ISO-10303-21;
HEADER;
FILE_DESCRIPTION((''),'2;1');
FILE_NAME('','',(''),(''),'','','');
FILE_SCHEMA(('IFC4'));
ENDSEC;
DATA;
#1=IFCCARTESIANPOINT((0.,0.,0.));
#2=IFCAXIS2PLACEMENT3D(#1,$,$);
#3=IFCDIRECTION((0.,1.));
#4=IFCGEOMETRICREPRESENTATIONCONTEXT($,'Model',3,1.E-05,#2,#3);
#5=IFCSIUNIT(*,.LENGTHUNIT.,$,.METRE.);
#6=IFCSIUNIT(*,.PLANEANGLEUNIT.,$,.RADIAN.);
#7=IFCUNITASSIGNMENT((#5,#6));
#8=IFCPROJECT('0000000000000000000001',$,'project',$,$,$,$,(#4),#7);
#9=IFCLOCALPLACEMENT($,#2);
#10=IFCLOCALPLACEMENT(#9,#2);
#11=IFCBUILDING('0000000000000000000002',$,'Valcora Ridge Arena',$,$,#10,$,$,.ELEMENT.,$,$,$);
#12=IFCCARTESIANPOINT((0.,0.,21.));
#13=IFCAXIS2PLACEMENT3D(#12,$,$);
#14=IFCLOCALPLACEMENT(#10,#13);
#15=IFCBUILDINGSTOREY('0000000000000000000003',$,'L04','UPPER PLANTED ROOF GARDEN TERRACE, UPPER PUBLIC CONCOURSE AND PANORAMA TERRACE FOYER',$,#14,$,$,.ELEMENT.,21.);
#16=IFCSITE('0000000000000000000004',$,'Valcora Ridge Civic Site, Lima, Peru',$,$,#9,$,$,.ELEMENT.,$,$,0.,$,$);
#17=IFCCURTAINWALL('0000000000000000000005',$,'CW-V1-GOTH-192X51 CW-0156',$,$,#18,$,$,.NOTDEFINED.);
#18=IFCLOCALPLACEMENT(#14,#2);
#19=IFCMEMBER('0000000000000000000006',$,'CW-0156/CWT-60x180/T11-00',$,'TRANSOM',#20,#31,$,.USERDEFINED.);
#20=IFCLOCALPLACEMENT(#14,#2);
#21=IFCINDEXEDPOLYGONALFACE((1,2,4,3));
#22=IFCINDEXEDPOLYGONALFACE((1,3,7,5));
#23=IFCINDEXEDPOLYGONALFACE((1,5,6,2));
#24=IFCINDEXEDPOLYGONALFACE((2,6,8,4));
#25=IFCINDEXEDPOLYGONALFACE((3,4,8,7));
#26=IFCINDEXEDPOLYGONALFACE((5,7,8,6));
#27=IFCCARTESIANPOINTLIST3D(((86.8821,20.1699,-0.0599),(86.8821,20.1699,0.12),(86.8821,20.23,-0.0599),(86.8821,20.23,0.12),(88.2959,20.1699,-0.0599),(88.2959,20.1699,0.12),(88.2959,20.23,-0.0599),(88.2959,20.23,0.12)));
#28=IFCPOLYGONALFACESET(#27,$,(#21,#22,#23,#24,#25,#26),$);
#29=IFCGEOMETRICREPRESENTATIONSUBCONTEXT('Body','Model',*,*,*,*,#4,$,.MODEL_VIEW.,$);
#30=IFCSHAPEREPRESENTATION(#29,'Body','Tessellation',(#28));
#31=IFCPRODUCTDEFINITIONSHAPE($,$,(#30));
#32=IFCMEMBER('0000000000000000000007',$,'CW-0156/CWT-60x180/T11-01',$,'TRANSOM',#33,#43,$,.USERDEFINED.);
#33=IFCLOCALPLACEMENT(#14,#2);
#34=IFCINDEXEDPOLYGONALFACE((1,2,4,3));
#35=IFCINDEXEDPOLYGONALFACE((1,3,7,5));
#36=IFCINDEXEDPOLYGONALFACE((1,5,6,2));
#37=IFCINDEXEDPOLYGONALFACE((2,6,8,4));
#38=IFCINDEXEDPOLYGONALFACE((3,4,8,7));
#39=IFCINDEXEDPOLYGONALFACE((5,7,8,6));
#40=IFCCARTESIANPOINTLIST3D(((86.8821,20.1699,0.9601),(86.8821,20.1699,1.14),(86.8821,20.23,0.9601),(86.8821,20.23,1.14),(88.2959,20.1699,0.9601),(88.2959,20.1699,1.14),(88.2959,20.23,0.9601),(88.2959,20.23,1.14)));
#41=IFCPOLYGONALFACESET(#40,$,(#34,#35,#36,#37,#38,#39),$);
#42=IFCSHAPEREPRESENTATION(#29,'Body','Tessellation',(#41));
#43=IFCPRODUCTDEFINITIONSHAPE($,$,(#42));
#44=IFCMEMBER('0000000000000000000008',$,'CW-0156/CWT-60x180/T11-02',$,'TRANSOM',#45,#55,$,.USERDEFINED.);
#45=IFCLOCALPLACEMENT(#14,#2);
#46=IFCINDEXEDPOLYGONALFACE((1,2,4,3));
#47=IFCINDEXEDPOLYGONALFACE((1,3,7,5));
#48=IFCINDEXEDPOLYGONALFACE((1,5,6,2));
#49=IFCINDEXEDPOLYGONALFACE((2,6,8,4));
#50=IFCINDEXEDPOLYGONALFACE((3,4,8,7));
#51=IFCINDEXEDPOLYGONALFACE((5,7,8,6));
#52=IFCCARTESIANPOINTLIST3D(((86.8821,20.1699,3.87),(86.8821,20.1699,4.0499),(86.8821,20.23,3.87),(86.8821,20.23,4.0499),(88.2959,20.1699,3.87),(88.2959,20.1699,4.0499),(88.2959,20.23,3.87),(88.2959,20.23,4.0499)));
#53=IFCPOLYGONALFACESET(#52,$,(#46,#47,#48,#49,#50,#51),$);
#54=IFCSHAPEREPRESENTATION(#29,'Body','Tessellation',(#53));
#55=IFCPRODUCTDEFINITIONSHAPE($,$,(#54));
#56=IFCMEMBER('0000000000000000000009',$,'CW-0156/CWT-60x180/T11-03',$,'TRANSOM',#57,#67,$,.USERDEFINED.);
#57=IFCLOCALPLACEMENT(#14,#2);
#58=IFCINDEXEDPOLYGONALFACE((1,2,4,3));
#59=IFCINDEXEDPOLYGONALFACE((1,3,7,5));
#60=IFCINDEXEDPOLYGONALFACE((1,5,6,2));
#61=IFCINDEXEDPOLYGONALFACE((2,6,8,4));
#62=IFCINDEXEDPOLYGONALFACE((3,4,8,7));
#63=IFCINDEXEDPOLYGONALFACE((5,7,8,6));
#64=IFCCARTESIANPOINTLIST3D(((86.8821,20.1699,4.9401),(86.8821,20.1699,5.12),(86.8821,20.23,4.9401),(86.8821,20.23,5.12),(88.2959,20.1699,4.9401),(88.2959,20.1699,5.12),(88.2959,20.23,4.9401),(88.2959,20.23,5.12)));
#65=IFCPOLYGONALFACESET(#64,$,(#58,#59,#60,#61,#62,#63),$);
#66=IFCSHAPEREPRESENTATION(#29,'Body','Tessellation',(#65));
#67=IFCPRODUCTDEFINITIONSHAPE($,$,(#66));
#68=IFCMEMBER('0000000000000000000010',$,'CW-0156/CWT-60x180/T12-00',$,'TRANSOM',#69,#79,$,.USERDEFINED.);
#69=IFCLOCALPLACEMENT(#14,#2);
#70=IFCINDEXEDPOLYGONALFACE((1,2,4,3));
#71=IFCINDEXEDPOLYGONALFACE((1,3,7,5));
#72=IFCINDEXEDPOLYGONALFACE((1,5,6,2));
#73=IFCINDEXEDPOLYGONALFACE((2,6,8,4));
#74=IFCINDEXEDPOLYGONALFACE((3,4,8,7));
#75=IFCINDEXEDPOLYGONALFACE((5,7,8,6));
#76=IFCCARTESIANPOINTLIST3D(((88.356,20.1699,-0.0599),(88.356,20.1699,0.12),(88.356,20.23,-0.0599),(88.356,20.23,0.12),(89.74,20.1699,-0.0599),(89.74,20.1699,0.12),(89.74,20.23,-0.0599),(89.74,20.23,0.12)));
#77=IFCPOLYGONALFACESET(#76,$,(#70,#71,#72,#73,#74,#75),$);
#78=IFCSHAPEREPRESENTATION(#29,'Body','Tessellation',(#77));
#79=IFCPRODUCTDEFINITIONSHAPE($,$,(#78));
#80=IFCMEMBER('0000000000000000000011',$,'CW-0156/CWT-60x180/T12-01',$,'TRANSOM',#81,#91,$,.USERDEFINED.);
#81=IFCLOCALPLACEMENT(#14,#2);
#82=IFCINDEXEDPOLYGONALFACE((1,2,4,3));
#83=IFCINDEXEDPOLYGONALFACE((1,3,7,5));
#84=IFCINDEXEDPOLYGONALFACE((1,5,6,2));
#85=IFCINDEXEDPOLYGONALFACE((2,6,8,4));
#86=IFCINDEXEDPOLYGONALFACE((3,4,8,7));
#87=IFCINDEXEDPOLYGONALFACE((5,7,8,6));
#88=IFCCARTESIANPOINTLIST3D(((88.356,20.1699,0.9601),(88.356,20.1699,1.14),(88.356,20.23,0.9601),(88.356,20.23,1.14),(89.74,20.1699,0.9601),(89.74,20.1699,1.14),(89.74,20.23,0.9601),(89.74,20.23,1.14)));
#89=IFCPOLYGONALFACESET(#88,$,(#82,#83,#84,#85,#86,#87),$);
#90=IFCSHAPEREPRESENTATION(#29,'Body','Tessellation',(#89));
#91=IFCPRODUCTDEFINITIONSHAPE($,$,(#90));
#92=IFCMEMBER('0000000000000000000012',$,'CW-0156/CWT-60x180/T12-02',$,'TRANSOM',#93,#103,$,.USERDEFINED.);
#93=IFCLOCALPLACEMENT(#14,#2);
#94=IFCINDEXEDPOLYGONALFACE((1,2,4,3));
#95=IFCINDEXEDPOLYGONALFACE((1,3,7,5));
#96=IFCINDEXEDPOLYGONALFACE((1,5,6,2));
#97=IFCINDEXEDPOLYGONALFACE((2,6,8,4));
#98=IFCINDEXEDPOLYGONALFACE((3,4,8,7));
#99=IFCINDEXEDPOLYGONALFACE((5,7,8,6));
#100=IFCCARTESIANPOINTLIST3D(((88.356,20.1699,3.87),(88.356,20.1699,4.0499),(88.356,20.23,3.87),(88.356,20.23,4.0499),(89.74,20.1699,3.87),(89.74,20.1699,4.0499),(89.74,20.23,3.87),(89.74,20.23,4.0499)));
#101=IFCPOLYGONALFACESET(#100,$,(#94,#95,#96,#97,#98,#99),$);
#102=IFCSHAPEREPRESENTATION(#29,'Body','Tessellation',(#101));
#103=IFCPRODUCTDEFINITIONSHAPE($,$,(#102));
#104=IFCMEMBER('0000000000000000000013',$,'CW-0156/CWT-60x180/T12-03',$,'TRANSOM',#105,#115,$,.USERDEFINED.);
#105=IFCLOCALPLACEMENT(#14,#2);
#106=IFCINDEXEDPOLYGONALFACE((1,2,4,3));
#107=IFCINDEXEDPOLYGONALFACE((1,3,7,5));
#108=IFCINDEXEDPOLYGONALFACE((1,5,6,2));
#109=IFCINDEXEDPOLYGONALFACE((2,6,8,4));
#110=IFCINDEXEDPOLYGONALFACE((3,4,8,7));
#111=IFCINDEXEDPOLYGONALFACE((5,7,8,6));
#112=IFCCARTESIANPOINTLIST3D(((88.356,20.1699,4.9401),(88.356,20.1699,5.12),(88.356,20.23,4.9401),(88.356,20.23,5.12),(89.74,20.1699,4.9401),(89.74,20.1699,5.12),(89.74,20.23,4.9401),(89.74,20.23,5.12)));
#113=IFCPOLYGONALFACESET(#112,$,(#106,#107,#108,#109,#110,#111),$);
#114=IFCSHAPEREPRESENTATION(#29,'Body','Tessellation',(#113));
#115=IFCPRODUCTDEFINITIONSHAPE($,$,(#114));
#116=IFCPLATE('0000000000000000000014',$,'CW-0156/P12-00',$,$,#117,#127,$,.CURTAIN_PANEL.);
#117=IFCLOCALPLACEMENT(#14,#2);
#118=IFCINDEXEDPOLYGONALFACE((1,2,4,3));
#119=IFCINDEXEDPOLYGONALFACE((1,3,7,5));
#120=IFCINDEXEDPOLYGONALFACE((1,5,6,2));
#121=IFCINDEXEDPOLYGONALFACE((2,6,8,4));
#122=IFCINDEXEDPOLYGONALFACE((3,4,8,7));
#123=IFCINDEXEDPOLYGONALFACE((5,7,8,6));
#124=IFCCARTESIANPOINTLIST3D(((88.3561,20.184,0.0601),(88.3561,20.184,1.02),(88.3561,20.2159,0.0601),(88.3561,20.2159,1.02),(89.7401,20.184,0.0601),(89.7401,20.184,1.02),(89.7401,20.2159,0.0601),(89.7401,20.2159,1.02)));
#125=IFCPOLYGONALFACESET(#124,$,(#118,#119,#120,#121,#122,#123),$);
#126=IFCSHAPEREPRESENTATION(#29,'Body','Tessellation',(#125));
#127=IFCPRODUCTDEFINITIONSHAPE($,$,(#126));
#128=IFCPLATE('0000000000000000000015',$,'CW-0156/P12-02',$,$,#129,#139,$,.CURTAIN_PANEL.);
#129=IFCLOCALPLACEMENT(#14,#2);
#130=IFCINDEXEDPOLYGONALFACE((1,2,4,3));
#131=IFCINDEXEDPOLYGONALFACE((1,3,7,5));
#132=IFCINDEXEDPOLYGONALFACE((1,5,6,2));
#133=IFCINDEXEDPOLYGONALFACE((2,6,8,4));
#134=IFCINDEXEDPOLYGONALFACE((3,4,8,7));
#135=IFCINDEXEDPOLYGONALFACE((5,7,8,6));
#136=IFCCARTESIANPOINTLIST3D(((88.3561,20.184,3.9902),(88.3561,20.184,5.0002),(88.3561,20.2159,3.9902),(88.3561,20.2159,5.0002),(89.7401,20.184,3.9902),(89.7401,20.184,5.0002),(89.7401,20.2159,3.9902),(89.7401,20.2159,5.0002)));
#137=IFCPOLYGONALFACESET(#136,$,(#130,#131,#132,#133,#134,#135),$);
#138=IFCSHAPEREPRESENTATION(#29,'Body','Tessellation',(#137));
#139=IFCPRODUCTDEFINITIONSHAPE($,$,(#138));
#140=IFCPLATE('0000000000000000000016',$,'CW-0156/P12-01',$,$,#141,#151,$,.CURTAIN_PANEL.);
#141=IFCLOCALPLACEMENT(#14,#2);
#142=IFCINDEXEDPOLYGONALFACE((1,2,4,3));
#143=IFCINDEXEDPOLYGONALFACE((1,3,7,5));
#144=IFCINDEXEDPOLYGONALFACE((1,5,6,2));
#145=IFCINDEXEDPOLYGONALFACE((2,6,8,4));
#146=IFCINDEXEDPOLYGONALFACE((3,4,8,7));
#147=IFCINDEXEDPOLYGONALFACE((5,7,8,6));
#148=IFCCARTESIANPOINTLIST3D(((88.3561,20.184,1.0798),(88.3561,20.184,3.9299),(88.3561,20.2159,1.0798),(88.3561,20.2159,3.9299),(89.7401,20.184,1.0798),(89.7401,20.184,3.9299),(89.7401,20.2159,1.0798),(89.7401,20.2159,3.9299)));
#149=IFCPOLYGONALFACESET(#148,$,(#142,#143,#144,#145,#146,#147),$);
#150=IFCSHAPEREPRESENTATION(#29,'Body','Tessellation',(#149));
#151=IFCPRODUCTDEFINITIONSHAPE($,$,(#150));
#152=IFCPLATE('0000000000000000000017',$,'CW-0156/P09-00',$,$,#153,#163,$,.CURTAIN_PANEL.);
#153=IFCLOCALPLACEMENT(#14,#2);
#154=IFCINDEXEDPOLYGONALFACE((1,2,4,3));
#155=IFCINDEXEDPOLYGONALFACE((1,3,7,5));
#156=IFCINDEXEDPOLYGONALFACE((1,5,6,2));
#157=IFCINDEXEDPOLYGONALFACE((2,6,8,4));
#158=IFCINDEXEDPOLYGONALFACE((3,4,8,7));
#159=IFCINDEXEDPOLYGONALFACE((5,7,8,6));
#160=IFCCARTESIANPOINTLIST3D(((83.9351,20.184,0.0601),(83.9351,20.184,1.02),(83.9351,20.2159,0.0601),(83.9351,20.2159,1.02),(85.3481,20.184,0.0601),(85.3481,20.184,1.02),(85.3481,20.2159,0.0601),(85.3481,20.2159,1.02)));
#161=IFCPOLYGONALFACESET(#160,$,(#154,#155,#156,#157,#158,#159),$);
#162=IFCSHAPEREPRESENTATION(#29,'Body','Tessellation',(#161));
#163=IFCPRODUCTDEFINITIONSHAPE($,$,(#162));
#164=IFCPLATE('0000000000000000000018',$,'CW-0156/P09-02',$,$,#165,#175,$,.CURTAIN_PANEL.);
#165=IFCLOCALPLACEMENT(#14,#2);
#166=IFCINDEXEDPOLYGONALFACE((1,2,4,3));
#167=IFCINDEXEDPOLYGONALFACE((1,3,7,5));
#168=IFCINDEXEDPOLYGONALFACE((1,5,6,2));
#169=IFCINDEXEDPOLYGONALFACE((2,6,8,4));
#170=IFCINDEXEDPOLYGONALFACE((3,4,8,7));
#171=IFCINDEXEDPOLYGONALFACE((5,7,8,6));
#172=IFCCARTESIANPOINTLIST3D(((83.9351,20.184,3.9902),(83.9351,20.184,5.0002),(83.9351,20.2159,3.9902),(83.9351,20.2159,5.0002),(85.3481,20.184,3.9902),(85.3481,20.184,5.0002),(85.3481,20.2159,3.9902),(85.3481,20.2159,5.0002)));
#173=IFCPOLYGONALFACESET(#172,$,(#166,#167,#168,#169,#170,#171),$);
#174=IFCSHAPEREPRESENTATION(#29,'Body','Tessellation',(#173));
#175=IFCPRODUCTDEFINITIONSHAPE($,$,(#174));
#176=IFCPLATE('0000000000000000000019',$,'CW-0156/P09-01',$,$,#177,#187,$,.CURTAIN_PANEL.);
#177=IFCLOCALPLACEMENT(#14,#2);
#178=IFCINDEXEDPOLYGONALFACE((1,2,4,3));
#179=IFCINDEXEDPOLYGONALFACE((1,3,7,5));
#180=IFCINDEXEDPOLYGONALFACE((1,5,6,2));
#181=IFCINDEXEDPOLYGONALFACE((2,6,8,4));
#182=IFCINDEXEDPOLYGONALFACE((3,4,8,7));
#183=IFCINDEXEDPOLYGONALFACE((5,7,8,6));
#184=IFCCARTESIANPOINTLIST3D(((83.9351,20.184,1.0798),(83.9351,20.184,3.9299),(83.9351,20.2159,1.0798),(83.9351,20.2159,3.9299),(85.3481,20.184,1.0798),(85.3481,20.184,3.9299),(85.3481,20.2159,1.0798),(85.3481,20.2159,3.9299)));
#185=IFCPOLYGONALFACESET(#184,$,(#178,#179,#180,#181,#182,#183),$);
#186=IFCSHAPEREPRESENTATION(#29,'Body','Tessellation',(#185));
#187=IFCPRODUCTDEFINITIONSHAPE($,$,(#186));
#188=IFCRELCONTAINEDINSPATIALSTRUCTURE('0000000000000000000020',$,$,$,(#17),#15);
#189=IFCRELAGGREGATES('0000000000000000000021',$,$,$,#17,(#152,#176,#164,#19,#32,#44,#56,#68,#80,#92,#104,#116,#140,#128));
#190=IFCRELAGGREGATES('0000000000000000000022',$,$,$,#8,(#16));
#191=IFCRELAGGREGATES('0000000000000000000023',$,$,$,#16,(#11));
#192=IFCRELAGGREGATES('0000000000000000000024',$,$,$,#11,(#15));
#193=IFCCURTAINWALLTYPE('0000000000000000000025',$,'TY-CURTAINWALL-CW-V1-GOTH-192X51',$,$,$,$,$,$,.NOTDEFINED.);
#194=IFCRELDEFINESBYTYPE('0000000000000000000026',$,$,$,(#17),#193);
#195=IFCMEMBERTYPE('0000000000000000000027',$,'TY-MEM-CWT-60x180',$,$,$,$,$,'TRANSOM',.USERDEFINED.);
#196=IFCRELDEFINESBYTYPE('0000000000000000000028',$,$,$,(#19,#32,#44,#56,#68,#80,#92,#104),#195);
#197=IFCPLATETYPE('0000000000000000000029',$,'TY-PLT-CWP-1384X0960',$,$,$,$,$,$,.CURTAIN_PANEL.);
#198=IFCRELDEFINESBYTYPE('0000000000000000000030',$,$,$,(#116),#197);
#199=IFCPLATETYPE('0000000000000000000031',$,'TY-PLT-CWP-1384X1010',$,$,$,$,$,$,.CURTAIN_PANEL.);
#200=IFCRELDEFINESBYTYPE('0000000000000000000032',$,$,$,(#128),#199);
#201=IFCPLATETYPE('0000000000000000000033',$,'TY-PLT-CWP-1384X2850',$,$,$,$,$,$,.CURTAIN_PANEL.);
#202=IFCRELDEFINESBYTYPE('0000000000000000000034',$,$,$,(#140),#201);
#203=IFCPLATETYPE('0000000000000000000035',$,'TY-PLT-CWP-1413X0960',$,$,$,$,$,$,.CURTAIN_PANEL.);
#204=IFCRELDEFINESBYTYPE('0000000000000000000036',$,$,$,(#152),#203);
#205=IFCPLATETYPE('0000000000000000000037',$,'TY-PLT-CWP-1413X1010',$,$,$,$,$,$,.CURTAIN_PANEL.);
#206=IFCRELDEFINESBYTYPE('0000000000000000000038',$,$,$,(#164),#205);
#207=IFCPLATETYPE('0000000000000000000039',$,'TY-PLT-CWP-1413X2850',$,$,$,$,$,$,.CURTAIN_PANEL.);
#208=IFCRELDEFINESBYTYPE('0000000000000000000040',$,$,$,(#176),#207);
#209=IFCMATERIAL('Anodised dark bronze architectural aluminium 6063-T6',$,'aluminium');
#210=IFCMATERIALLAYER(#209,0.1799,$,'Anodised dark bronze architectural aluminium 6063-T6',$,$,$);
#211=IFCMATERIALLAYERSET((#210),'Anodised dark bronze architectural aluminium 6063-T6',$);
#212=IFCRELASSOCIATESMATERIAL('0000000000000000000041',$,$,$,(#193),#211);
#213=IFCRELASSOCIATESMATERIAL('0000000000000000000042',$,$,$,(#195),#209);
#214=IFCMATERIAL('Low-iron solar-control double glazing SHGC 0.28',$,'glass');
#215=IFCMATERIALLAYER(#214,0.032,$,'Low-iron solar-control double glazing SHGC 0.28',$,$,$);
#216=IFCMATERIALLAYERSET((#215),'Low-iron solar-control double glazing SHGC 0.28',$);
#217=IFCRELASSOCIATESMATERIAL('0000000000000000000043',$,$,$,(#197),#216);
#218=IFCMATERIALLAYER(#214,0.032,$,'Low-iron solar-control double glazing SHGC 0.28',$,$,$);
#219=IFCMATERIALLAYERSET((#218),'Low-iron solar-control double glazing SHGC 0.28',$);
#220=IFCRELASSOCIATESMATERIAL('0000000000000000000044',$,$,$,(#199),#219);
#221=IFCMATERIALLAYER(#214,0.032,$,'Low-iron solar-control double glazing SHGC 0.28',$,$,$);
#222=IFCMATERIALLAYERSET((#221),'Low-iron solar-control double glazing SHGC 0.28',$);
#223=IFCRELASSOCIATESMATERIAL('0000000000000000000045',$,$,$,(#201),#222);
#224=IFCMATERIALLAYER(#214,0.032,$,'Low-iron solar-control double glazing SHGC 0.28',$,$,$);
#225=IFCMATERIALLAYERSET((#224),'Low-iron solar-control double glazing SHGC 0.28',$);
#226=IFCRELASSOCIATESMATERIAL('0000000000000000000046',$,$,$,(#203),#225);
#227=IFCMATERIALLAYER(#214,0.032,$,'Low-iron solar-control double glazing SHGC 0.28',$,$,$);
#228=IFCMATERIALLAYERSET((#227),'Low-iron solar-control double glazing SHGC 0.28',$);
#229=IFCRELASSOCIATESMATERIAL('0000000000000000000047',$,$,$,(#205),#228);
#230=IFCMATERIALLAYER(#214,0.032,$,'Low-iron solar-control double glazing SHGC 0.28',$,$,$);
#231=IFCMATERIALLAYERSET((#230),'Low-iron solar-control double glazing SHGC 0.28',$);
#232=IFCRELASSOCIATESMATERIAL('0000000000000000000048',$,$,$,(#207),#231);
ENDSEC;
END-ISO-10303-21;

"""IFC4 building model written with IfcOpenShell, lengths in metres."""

from ifc_helpers import new_model, si_unit, direction, frame, origin, origin_2d, place, context, subcontext, project, spatial, rectangle, extrude, material, layer, layer_set, material_profile, profile_set, type_object, element, aggregate, save


model = new_model("IFC4")

# Units and contexts
model_context = context("Model", 3, precision=1e-05, world=origin(), true_north=direction((0.0, 1.0)))
body_context = subcontext(model_context, "Body", "Model", "MODEL_VIEW")
ifc_project = project(units=[si_unit("LENGTHUNIT", "METRE"), si_unit("PLANEANGLEUNIT", "RADIAN")], contexts=[model_context])

# Site, building, storey
site_placement = place(None, origin())
site = spatial("IfcSite", under=ifc_project, at=site_placement, Name="Valcora Ridge Civic Site, Lima, Peru", CompositionType="ELEMENT", RefElevation=0.0)
building_placement = place(site_placement, origin())
building = spatial("IfcBuilding", under=site, at=building_placement, Name="Valcora Ridge Arena", CompositionType="ELEMENT")
storey_placement = place(building_placement, frame((0.0, 0.0, 21.0)))
storey = spatial("IfcBuildingStorey", under=building, at=storey_placement, Name="L04", Description="UPPER PLANTED ROOF GARDEN TERRACE, UPPER PUBLIC CONCOURSE AND PANORAMA TERRACE FOYER", CompositionType="ELEMENT", Elevation=21.0)

# Curtain wall, members, plates
ifc_material_1 = material(Name="Anodised dark bronze architectural aluminium 6063-T6", Category="aluminium")
ifc_layer_1 = layer(ifc_material_1, 0.1799, Name="Anodised dark bronze architectural aluminium 6063-T6")
ifc_layer_set_1 = layer_set([ifc_layer_1], Name="Anodised dark bronze architectural aluminium 6063-T6")
curtain_wall_type = type_object("IfcCurtainWallType", Name="TY-CURTAINWALL-CW-V1-GOTH-192X51", PredefinedType="NOTDEFINED", material=ifc_layer_set_1)
curtain_wall_placement = place(storey_placement, origin())
curtain_wall = element("IfcCurtainWall", 1, at=curtain_wall_placement, inside=storey, type_object=curtain_wall_type, Name="CW-V1-GOTH-192X51 CW-0156", PredefinedType="NOTDEFINED")
ifc_material_profile_1 = material_profile(ifc_material_1, rectangle(XDim=0.0601, YDim=0.1799, at=origin_2d()), Name="ALU TRANSOM 60x180")
ifc_profile_set_1 = profile_set([ifc_material_profile_1], Name="Anodised dark bronze architectural aluminium 6063-T6")
member_type_1 = type_object("IfcMemberType", Name="TY-MEM-CWT-60x180", ElementType="TRANSOM", PredefinedType="USERDEFINED", material=ifc_profile_set_1)
member_1_placement = place(storey_placement, frame((86.8821, 20.2, 0.03), z_axis=(1.0, 0.0, 0.0), x_axis=(0.0, 1.0, 0.0)))
member_1 = element("IfcMember", 2, at=member_1_placement, type_object=member_type_1, Name="CW-0156/CWT-60x180/T11-00", ObjectType="TRANSOM", PredefinedType="USERDEFINED", context=body_context, shape_type="SweptSolid", body=[
    extrude(rectangle(XDim=0.0601, YDim=0.1799, at=origin_2d()), origin(), (0.0, 0.0, 1.0), 1.4138),
])
member_2_placement = place(storey_placement, frame((86.8821, 20.2, 1.05), z_axis=(1.0, 0.0, 0.0), x_axis=(0.0, 1.0, 0.0)))
member_2 = element("IfcMember", 3, at=member_2_placement, type_object=member_type_1, Name="CW-0156/CWT-60x180/T11-01", ObjectType="TRANSOM", PredefinedType="USERDEFINED", context=body_context, shape_type="SweptSolid", body=[
    extrude(rectangle(XDim=0.0601, YDim=0.1799, at=origin_2d()), origin(), (0.0, 0.0, 1.0), 1.4138),
])
member_3_placement = place(storey_placement, frame((86.8821, 20.2, 3.96), z_axis=(1.0, 0.0, 0.0), x_axis=(0.0, 1.0, 0.0)))
member_3 = element("IfcMember", 4, at=member_3_placement, type_object=member_type_1, Name="CW-0156/CWT-60x180/T11-02", ObjectType="TRANSOM", PredefinedType="USERDEFINED", context=body_context, shape_type="SweptSolid", body=[
    extrude(rectangle(XDim=0.0601, YDim=0.1799, at=origin_2d()), origin(), (0.0, 0.0, 1.0), 1.4138),
])
member_4_placement = place(storey_placement, frame((86.8821, 20.2, 5.03), z_axis=(1.0, 0.0, 0.0), x_axis=(0.0, 1.0, 0.0)))
member_4 = element("IfcMember", 5, at=member_4_placement, type_object=member_type_1, Name="CW-0156/CWT-60x180/T11-03", ObjectType="TRANSOM", PredefinedType="USERDEFINED", context=body_context, shape_type="SweptSolid", body=[
    extrude(rectangle(XDim=0.0601, YDim=0.1799, at=origin_2d()), origin(), (0.0, 0.0, 1.0), 1.4138),
])
member_5_placement = place(storey_placement, frame((88.356, 20.2, 0.03), z_axis=(1.0, 0.0, 0.0), x_axis=(0.0, 1.0, 0.0)))
member_5 = element("IfcMember", 6, at=member_5_placement, type_object=member_type_1, Name="CW-0156/CWT-60x180/T12-00", ObjectType="TRANSOM", PredefinedType="USERDEFINED", context=body_context, shape_type="SweptSolid", body=[
    extrude(rectangle(XDim=0.0601, YDim=0.1799, at=origin_2d()), origin(), (0.0, 0.0, 1.0), 1.384),
])
member_6_placement = place(storey_placement, frame((88.356, 20.2, 1.05), z_axis=(1.0, 0.0, 0.0), x_axis=(0.0, 1.0, 0.0)))
member_6 = element("IfcMember", 7, at=member_6_placement, type_object=member_type_1, Name="CW-0156/CWT-60x180/T12-01", ObjectType="TRANSOM", PredefinedType="USERDEFINED", context=body_context, shape_type="SweptSolid", body=[
    extrude(rectangle(XDim=0.0601, YDim=0.1799, at=origin_2d()), origin(), (0.0, 0.0, 1.0), 1.384),
])
member_7_placement = place(storey_placement, frame((88.356, 20.2, 3.96), z_axis=(1.0, 0.0, 0.0), x_axis=(0.0, 1.0, 0.0)))
member_7 = element("IfcMember", 8, at=member_7_placement, type_object=member_type_1, Name="CW-0156/CWT-60x180/T12-02", ObjectType="TRANSOM", PredefinedType="USERDEFINED", context=body_context, shape_type="SweptSolid", body=[
    extrude(rectangle(XDim=0.0601, YDim=0.1799, at=origin_2d()), origin(), (0.0, 0.0, 1.0), 1.384),
])
member_8_placement = place(storey_placement, frame((88.356, 20.2, 5.03), z_axis=(1.0, 0.0, 0.0), x_axis=(0.0, 1.0, 0.0)))
member_8 = element("IfcMember", 9, at=member_8_placement, type_object=member_type_1, Name="CW-0156/CWT-60x180/T12-03", ObjectType="TRANSOM", PredefinedType="USERDEFINED", context=body_context, shape_type="SweptSolid", body=[
    extrude(rectangle(XDim=0.0601, YDim=0.1799, at=origin_2d()), origin(), (0.0, 0.0, 1.0), 1.384),
])
ifc_material_2 = material(Name="Low-iron solar-control double glazing SHGC 0.28", Category="glass")
ifc_layer_2 = layer(ifc_material_2, 0.032, Name="Low-iron solar-control double glazing SHGC 0.28")
ifc_layer_set_2 = layer_set([ifc_layer_2], Name="Low-iron solar-control double glazing SHGC 0.28")
plate_type_1 = type_object("IfcPlateType", Name="TY-PLT-CWP-1384X0960", PredefinedType="CURTAIN_PANEL", material=ifc_layer_set_2)
plate_1_placement = place(storey_placement, frame((89.0481, 20.2, 0.0601), z_axis=(0.0, 0.0, 1.0), x_axis=(1.0, 0.0, 0.0)))
plate_1 = element("IfcPlate", 10, at=plate_1_placement, type_object=plate_type_1, Name="CW-0156/P12-00", PredefinedType="CURTAIN_PANEL", context=body_context, shape_type="SweptSolid", body=[
    extrude(rectangle(XDim=1.384, YDim=0.032, at=origin_2d()), origin(), (0.0, 0.0, 1.0), 0.96),
])
ifc_layer_3 = layer(ifc_material_2, 0.032, Name="Low-iron solar-control double glazing SHGC 0.28")
ifc_layer_set_3 = layer_set([ifc_layer_3], Name="Low-iron solar-control double glazing SHGC 0.28")
plate_type_2 = type_object("IfcPlateType", Name="TY-PLT-CWP-1384X1010", PredefinedType="CURTAIN_PANEL", material=ifc_layer_set_3)
plate_2_placement = place(storey_placement, frame((89.0481, 20.2, 3.9902), z_axis=(0.0, 0.0, 1.0), x_axis=(1.0, 0.0, 0.0)))
plate_2 = element("IfcPlate", 11, at=plate_2_placement, type_object=plate_type_2, Name="CW-0156/P12-02", PredefinedType="CURTAIN_PANEL", context=body_context, shape_type="SweptSolid", body=[
    extrude(rectangle(XDim=1.384, YDim=0.032, at=origin_2d()), origin(), (0.0, 0.0, 1.0), 1.01),
])
ifc_layer_4 = layer(ifc_material_2, 0.032, Name="Low-iron solar-control double glazing SHGC 0.28")
ifc_layer_set_4 = layer_set([ifc_layer_4], Name="Low-iron solar-control double glazing SHGC 0.28")
plate_type_3 = type_object("IfcPlateType", Name="TY-PLT-CWP-1384X2850", PredefinedType="CURTAIN_PANEL", material=ifc_layer_set_4)
plate_3_placement = place(storey_placement, frame((89.0481, 20.2, 1.0798), z_axis=(0.0, 0.0, 1.0), x_axis=(1.0, 0.0, 0.0)))
plate_3 = element("IfcPlate", 12, at=plate_3_placement, type_object=plate_type_3, Name="CW-0156/P12-01", PredefinedType="CURTAIN_PANEL", context=body_context, shape_type="SweptSolid", body=[
    extrude(rectangle(XDim=1.384, YDim=0.032, at=origin_2d()), origin(), (0.0, 0.0, 1.0), 2.8501),
])
ifc_layer_5 = layer(ifc_material_2, 0.032, Name="Low-iron solar-control double glazing SHGC 0.28")
ifc_layer_set_5 = layer_set([ifc_layer_5], Name="Low-iron solar-control double glazing SHGC 0.28")
plate_type_4 = type_object("IfcPlateType", Name="TY-PLT-CWP-1413X0960", PredefinedType="CURTAIN_PANEL", material=ifc_layer_set_5)
plate_4_placement = place(storey_placement, frame((84.6416, 20.2, 0.0601), z_axis=(0.0, 0.0, 1.0), x_axis=(1.0, 0.0, 0.0)))
plate_4 = element("IfcPlate", 13, at=plate_4_placement, type_object=plate_type_4, Name="CW-0156/P09-00", PredefinedType="CURTAIN_PANEL", context=body_context, shape_type="SweptSolid", body=[
    extrude(rectangle(XDim=1.4131, YDim=0.032, at=origin_2d()), origin(), (0.0, 0.0, 1.0), 0.96),
])
ifc_layer_6 = layer(ifc_material_2, 0.032, Name="Low-iron solar-control double glazing SHGC 0.28")
ifc_layer_set_6 = layer_set([ifc_layer_6], Name="Low-iron solar-control double glazing SHGC 0.28")
plate_type_5 = type_object("IfcPlateType", Name="TY-PLT-CWP-1413X1010", PredefinedType="CURTAIN_PANEL", material=ifc_layer_set_6)
plate_5_placement = place(storey_placement, frame((84.6416, 20.2, 3.9902), z_axis=(0.0, 0.0, 1.0), x_axis=(1.0, 0.0, 0.0)))
plate_5 = element("IfcPlate", 14, at=plate_5_placement, type_object=plate_type_5, Name="CW-0156/P09-02", PredefinedType="CURTAIN_PANEL", context=body_context, shape_type="SweptSolid", body=[
    extrude(rectangle(XDim=1.4131, YDim=0.032, at=origin_2d()), origin(), (0.0, 0.0, 1.0), 1.01),
])
ifc_layer_7 = layer(ifc_material_2, 0.032, Name="Low-iron solar-control double glazing SHGC 0.28")
ifc_layer_set_7 = layer_set([ifc_layer_7], Name="Low-iron solar-control double glazing SHGC 0.28")
plate_type_6 = type_object("IfcPlateType", Name="TY-PLT-CWP-1413X2850", PredefinedType="CURTAIN_PANEL", material=ifc_layer_set_7)
plate_6_placement = place(storey_placement, frame((84.6416, 20.2, 1.0798), z_axis=(0.0, 0.0, 1.0), x_axis=(1.0, 0.0, 0.0)))
plate_6 = element("IfcPlate", 15, at=plate_6_placement, type_object=plate_type_6, Name="CW-0156/P09-01", PredefinedType="CURTAIN_PANEL", context=body_context, shape_type="SweptSolid", body=[
    extrude(rectangle(XDim=1.4131, YDim=0.032, at=origin_2d()), origin(), (0.0, 0.0, 1.0), 2.8501),
])
aggregate(curtain_wall, [plate_4, plate_6, plate_5, member_1, member_2, member_3, member_4, member_5, member_6, member_7, member_8, plate_1, plate_3, plate_2])

save(model, "model.ifc")
